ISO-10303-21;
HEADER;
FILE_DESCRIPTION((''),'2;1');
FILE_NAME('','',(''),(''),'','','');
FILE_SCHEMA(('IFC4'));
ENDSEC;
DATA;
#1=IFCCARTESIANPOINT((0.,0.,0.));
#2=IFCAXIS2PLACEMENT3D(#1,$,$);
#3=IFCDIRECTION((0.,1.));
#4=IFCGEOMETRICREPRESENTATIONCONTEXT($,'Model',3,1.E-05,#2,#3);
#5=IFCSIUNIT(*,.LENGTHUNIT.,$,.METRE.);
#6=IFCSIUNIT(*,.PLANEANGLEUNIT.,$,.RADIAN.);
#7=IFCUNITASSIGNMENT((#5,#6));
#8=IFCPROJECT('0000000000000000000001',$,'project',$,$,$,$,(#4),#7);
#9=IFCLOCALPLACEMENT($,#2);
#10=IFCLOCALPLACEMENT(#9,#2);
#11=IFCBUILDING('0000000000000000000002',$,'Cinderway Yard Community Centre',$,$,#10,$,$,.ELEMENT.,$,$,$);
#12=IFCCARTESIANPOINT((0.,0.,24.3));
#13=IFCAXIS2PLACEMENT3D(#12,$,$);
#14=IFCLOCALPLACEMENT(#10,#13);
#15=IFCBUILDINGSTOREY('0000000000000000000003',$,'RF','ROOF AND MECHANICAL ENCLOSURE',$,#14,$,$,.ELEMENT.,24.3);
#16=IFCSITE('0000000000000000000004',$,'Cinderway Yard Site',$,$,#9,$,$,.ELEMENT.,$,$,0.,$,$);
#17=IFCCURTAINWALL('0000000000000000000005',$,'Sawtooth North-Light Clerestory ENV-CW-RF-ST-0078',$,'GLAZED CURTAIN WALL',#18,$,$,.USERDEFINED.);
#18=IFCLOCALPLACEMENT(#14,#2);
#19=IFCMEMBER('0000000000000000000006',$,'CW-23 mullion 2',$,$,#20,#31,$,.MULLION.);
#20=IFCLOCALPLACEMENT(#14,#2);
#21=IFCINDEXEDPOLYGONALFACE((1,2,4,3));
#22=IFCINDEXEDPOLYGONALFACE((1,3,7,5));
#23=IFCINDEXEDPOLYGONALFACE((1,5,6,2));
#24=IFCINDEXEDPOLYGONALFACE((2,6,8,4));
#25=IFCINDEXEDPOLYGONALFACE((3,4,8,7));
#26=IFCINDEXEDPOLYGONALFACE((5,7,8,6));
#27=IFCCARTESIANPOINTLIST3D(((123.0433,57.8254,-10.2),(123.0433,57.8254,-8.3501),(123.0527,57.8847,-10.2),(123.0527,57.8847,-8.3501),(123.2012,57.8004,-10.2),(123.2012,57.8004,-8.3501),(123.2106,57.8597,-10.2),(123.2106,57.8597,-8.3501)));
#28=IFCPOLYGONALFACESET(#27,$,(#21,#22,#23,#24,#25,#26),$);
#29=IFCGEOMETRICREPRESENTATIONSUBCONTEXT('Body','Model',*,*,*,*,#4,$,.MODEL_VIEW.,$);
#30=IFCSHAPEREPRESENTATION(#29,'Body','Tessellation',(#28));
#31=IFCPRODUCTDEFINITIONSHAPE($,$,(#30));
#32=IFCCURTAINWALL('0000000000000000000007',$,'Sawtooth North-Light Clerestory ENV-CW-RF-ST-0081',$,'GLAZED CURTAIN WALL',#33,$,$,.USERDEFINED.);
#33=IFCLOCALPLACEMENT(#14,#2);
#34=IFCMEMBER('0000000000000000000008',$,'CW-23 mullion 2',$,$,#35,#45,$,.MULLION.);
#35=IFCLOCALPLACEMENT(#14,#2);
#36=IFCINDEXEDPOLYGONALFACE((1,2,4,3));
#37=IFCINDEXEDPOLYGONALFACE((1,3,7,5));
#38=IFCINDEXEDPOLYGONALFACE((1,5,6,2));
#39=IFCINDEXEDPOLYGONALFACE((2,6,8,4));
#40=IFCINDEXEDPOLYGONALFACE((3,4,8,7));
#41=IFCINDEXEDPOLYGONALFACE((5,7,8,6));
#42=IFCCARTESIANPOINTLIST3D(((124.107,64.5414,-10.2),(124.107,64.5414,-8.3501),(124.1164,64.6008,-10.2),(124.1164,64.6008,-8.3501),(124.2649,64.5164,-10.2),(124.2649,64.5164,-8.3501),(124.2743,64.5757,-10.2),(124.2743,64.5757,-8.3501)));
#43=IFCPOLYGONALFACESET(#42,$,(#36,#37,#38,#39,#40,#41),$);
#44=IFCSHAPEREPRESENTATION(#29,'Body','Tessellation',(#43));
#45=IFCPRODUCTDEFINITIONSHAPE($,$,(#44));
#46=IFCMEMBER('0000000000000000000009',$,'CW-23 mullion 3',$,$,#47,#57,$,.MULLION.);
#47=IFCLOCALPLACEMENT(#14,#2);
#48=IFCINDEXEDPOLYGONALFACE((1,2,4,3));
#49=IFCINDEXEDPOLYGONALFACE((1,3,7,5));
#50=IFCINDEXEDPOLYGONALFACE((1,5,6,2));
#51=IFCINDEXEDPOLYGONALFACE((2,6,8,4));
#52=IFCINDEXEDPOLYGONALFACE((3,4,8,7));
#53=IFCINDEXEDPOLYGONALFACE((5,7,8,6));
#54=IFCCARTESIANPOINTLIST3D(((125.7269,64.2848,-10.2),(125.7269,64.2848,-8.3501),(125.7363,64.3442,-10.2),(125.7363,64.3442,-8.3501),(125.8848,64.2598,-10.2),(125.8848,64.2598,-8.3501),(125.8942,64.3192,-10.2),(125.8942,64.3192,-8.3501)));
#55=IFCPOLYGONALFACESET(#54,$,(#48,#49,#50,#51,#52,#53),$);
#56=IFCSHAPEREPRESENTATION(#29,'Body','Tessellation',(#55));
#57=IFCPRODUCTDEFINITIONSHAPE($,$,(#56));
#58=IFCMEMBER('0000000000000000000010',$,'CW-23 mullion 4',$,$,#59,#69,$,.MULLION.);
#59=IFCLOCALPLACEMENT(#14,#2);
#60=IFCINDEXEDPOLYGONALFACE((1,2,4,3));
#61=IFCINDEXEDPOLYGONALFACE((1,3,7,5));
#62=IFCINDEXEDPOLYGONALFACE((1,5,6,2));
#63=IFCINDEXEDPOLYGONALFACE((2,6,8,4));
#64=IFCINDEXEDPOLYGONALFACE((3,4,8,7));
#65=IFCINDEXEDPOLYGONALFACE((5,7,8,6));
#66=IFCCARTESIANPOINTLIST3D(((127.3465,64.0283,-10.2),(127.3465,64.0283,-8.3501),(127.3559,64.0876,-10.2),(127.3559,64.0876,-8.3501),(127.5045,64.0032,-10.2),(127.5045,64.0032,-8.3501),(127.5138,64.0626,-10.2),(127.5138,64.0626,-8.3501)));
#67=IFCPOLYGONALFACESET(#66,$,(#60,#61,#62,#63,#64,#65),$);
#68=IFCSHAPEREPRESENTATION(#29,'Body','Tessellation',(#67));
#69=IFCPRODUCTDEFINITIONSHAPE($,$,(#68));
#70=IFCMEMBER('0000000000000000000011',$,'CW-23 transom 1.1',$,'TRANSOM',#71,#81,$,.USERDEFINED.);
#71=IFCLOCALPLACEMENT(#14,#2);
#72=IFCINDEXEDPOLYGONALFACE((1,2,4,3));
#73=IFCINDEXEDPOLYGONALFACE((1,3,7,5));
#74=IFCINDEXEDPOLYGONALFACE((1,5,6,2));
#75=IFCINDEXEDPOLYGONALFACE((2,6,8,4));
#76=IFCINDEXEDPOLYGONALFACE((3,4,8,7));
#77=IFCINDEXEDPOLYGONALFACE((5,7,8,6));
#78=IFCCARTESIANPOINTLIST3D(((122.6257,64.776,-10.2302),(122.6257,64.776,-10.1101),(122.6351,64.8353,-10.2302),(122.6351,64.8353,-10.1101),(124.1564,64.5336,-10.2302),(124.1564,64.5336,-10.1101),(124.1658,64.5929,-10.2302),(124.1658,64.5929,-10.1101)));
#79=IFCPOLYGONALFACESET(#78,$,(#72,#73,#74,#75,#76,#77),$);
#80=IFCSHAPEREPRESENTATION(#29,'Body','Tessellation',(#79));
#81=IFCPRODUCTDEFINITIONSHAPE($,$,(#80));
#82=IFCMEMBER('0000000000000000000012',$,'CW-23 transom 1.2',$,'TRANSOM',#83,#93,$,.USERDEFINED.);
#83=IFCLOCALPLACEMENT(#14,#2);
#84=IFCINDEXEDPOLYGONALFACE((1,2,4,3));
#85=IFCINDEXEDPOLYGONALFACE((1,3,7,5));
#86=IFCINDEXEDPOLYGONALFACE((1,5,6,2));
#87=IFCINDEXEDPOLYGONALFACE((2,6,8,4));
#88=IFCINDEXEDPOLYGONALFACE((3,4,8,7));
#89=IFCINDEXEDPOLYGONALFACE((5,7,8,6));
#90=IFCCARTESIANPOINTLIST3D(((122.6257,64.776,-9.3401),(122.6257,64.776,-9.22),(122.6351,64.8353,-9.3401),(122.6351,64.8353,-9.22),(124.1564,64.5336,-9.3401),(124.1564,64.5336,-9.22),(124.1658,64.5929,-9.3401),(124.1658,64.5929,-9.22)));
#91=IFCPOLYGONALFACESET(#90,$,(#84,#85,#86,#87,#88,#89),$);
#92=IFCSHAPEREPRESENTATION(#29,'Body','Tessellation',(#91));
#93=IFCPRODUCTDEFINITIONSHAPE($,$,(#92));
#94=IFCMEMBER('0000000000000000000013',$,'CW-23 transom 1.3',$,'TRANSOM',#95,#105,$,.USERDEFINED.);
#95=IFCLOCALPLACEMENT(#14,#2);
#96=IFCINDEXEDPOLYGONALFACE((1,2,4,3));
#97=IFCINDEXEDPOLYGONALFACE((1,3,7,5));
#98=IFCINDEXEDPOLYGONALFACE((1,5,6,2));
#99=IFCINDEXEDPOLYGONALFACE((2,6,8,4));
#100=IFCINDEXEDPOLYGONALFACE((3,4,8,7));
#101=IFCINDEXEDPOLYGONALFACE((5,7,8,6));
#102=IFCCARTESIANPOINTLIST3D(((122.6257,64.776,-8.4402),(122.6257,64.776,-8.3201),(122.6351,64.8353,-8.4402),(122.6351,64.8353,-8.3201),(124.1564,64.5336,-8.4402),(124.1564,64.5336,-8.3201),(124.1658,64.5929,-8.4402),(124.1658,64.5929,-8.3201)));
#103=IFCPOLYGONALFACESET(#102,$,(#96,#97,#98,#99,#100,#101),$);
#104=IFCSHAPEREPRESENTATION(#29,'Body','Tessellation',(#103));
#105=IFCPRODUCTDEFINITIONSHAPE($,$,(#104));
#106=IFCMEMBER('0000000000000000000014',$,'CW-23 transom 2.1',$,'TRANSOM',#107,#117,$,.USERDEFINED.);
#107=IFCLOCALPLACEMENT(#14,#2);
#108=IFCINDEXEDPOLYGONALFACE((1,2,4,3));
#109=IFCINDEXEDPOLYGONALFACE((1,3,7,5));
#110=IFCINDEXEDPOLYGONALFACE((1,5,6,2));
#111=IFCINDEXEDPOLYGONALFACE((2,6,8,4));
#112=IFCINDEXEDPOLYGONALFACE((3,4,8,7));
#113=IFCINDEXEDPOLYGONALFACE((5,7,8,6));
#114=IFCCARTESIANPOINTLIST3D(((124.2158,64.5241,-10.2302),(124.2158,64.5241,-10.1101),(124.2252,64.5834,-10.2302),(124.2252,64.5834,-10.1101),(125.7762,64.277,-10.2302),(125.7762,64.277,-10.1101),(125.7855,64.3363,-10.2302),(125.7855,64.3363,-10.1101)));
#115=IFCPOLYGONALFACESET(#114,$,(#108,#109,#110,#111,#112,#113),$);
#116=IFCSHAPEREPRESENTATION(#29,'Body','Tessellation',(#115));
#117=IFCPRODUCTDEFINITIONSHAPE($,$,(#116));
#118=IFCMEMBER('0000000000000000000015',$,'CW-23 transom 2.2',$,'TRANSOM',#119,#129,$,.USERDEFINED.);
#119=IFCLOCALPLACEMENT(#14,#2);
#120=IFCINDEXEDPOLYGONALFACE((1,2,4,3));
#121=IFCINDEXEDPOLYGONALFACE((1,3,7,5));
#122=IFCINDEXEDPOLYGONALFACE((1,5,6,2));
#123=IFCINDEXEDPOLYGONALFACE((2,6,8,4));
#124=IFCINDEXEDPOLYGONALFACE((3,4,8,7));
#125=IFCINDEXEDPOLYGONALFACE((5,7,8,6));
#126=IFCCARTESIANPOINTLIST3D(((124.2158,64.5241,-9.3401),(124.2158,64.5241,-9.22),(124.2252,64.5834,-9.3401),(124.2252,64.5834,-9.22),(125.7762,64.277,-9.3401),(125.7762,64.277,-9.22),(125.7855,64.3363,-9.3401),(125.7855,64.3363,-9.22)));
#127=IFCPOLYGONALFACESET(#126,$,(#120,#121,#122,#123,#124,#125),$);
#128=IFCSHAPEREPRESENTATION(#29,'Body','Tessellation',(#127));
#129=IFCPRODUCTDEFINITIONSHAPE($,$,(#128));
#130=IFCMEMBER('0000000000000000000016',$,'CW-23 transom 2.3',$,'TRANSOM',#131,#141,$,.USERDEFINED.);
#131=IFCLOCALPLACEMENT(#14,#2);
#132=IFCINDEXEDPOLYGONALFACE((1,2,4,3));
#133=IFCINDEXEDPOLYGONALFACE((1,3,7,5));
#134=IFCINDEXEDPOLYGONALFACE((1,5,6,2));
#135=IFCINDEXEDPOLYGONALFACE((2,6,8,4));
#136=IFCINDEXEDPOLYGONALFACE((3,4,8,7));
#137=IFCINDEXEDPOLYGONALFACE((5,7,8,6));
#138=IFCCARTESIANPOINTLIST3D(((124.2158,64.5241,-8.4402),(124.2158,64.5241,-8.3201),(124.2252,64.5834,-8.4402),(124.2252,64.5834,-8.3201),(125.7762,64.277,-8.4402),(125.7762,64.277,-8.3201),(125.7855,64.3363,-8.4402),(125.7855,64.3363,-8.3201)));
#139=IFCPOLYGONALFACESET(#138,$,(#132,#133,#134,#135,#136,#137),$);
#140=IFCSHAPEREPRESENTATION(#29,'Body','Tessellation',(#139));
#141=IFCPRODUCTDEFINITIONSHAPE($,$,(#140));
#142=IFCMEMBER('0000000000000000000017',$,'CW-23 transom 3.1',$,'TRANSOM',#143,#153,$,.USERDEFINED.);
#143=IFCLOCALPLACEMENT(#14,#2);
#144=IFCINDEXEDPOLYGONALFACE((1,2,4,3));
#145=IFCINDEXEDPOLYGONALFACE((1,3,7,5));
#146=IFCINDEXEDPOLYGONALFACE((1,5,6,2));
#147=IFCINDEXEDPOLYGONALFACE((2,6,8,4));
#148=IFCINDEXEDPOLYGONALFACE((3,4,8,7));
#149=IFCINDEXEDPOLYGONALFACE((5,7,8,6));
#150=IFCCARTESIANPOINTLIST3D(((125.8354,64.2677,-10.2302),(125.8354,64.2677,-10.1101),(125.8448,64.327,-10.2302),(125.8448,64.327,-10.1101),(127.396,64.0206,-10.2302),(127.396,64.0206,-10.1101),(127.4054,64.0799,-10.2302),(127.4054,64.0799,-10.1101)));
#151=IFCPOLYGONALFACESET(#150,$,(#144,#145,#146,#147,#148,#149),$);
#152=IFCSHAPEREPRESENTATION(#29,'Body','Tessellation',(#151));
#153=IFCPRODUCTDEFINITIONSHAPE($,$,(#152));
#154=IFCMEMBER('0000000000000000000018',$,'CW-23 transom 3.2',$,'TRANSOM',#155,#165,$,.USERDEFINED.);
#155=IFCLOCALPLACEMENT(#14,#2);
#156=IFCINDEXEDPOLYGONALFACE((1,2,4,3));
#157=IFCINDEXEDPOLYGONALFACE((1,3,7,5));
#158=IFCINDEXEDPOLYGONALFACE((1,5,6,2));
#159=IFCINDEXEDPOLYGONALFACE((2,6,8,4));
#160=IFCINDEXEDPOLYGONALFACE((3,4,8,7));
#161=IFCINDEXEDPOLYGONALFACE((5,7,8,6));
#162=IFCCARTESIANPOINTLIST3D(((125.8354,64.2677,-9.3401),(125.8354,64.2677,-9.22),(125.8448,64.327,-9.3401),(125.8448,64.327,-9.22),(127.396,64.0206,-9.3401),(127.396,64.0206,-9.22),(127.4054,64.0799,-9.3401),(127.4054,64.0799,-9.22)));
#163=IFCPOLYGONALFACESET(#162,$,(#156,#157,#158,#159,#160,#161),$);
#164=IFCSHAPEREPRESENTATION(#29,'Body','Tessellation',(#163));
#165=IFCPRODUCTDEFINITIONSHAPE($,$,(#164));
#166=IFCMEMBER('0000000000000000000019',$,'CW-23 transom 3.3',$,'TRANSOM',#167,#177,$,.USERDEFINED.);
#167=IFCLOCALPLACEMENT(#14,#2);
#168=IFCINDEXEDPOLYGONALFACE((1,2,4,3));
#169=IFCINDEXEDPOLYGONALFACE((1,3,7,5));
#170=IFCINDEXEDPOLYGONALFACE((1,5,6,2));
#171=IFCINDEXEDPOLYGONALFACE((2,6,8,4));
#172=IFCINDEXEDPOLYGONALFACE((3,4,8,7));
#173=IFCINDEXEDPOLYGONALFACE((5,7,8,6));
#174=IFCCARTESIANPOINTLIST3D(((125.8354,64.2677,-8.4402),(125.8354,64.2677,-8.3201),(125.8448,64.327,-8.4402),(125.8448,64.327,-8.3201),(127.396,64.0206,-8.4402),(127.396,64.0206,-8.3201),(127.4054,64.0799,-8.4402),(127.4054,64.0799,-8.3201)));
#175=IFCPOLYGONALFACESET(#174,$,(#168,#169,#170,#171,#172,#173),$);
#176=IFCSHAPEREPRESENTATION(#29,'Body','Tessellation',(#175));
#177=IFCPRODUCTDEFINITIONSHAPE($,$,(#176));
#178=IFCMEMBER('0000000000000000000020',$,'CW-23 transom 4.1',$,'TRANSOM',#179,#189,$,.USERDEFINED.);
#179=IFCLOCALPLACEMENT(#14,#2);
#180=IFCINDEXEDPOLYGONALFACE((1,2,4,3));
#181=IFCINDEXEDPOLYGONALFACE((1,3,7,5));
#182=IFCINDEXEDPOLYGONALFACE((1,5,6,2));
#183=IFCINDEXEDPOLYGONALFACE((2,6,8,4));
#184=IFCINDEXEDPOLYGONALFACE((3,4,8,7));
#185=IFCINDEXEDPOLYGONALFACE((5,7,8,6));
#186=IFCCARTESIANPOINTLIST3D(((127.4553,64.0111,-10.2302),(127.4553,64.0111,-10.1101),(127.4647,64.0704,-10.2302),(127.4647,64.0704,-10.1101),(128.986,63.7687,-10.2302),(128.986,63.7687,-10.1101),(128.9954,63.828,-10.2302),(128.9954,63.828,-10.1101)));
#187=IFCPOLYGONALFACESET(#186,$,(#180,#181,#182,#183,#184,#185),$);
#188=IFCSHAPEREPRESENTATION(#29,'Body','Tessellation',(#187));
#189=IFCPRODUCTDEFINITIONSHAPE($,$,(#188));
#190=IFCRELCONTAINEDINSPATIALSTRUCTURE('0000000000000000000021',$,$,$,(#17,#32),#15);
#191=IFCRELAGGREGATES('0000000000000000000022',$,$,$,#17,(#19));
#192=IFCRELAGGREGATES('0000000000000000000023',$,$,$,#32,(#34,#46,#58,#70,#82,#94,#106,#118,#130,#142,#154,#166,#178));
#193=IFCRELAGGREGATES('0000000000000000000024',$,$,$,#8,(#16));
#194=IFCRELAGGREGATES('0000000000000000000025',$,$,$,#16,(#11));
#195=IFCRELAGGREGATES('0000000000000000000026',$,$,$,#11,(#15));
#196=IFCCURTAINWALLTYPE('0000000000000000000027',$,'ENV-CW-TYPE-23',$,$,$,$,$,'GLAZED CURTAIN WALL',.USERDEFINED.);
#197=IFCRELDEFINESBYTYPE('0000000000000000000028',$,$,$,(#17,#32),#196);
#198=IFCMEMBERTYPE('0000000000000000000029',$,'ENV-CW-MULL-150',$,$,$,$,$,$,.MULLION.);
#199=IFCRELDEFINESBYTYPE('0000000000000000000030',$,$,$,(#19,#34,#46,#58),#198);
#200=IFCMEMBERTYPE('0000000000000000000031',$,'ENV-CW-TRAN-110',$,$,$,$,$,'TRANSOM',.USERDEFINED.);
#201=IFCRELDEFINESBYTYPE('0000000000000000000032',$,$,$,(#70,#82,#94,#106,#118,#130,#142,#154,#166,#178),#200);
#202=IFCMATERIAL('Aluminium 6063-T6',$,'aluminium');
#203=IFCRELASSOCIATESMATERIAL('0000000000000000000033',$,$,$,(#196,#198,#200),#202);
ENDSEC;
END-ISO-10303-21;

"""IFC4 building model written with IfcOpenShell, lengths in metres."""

from ifc_helpers import new_model, si_unit, direction, frame, origin, origin_2d, place, context, subcontext, project, spatial, rectangle, extrude, material, material_profile, profile_set, type_object, element, aggregate, save


model = new_model("IFC4")

# Units and contexts
model_context = context("Model", 3, precision=1e-05, world=origin(), true_north=direction((0.0, 1.0)))
body_context = subcontext(model_context, "Body", "Model", "MODEL_VIEW")
ifc_project = project(units=[si_unit("LENGTHUNIT", "METRE"), si_unit("PLANEANGLEUNIT", "RADIAN")], contexts=[model_context])

# Site, building, storey
site_placement = place(None, origin())
site = spatial("IfcSite", under=ifc_project, at=site_placement, Name="Cinderway Yard Site", CompositionType="ELEMENT", RefElevation=0.0)
building_placement = place(site_placement, origin())
building = spatial("IfcBuilding", under=site, at=building_placement, Name="Cinderway Yard Community Centre", CompositionType="ELEMENT")
storey_placement = place(building_placement, frame((0.0, 0.0, 24.3)))
storey = spatial("IfcBuildingStorey", under=building, at=storey_placement, Name="RF", Description="ROOF AND MECHANICAL ENCLOSURE", CompositionType="ELEMENT", Elevation=24.3)

# Curtain wall, member
ifc_material_1 = material(Name="Aluminium 6063-T6", Category="aluminium")
curtain_wall_type = type_object("IfcCurtainWallType", Name="ENV-CW-TYPE-23", ElementType="GLAZED CURTAIN WALL", PredefinedType="USERDEFINED", material=ifc_material_1)
curtain_wall_1_placement = place(storey_placement, origin())
curtain_wall_1 = element("IfcCurtainWall", 1, at=curtain_wall_1_placement, inside=storey, type_object=curtain_wall_type, Name="Sawtooth North-Light Clerestory ENV-CW-RF-ST-0078", ObjectType="GLAZED CURTAIN WALL", PredefinedType="USERDEFINED")
ifc_material_profile_1 = material_profile(ifc_material_1, rectangle(XDim=0.0601, YDim=0.1599, at=origin_2d()), Name="Aluminium 6063-T6")
ifc_profile_set_1 = profile_set([ifc_material_profile_1], Name="Aluminium 6063-T6")
member_type_1 = type_object("IfcMemberType", Name="ENV-CW-MULL-150", PredefinedType="MULLION", material=ifc_profile_set_1)
member_1_placement = place(storey_placement, frame((123.127, 57.8425, -10.2), z_axis=(0.0, 0.0, 1.0), x_axis=(0.156385, 0.987696, 0.0)))
member_1 = element("IfcMember", 2, at=member_1_placement, type_object=member_type_1, Name="CW-23 mullion 2", PredefinedType="MULLION", context=body_context, shape_type="SweptSolid", body=[
    extrude(rectangle(XDim=0.0601, YDim=0.1599, at=origin_2d()), origin(), (0.0, 0.0, 1.0), 1.8499),
])
aggregate(curtain_wall_1, [member_1])

# Curtain wall, members
curtain_wall_2_placement = place(storey_placement, origin())
curtain_wall_2 = element("IfcCurtainWall", 3, at=curtain_wall_2_placement, inside=storey, type_object=curtain_wall_type, Name="Sawtooth North-Light Clerestory ENV-CW-RF-ST-0081", ObjectType="GLAZED CURTAIN WALL", PredefinedType="USERDEFINED")
member_2_placement = place(storey_placement, frame((124.1907, 64.5586, -10.2), z_axis=(0.0, 0.0, 1.0), x_axis=(0.156409, 0.987692, 0.0)))
member_2 = element("IfcMember", 4, at=member_2_placement, type_object=member_type_1, Name="CW-23 mullion 2", PredefinedType="MULLION", context=body_context, shape_type="SweptSolid", body=[
    extrude(rectangle(XDim=0.0601, YDim=0.1599, at=origin_2d()), origin(), (0.0, 0.0, 1.0), 1.8499),
])
member_3_placement = place(storey_placement, frame((125.8105, 64.302, -10.2), z_axis=(0.0, 0.0, 1.0), x_axis=(0.156409, 0.987692, 0.0)))
member_3 = element("IfcMember", 5, at=member_3_placement, type_object=member_type_1, Name="CW-23 mullion 3", PredefinedType="MULLION", context=body_context, shape_type="SweptSolid", body=[
    extrude(rectangle(XDim=0.0601, YDim=0.1599, at=origin_2d()), origin(), (0.0, 0.0, 1.0), 1.8499),
])
member_4_placement = place(storey_placement, frame((127.4302, 64.0454, -10.2), z_axis=(0.0, 0.0, 1.0), x_axis=(0.156409, 0.987692, 0.0)))
member_4 = element("IfcMember", 6, at=member_4_placement, type_object=member_type_1, Name="CW-23 mullion 4", PredefinedType="MULLION", context=body_context, shape_type="SweptSolid", body=[
    extrude(rectangle(XDim=0.0601, YDim=0.1599, at=origin_2d()), origin(), (0.0, 0.0, 1.0), 1.8499),
])
ifc_material_profile_2 = material_profile(ifc_material_1, rectangle(XDim=0.0601, YDim=0.1201, at=origin_2d()), Name="Aluminium 6063-T6")
ifc_profile_set_2 = profile_set([ifc_material_profile_2], Name="Aluminium 6063-T6")
member_type_2 = type_object("IfcMemberType", Name="ENV-CW-TRAN-110", ElementType="TRANSOM", PredefinedType="USERDEFINED", material=ifc_profile_set_2)
member_5_placement = place(storey_placement, frame((122.6304, 64.8057, -10.1702), z_axis=(0.98769, -0.156424, 0.0), x_axis=(0.156424, 0.98769, 0.0)))
member_5 = element("IfcMember", 7, at=member_5_placement, type_object=member_type_2, Name="CW-23 transom 1.1", ObjectType="TRANSOM", PredefinedType="USERDEFINED", context=body_context, shape_type="SweptSolid", body=[
    extrude(rectangle(XDim=0.0601, YDim=0.1201, at=origin_2d()), origin(), (0.0, 0.0, 1.0), 1.5498),
])
member_6_placement = place(storey_placement, frame((122.6304, 64.8057, -9.28), z_axis=(0.98769, -0.156424, 0.0), x_axis=(0.156424, 0.98769, 0.0)))
member_6 = element("IfcMember", 8, at=member_6_placement, type_object=member_type_2, Name="CW-23 transom 1.2", ObjectType="TRANSOM", PredefinedType="USERDEFINED", context=body_context, shape_type="SweptSolid", body=[
    extrude(rectangle(XDim=0.0601, YDim=0.1201, at=origin_2d()), origin(), (0.0, 0.0, 1.0), 1.5498),
])
member_7_placement = place(storey_placement, frame((122.6304, 64.8057, -8.3801), z_axis=(0.98769, -0.156424, 0.0), x_axis=(0.156424, 0.98769, 0.0)))
member_7 = element("IfcMember", 9, at=member_7_placement, type_object=member_type_2, Name="CW-23 transom 1.3", ObjectType="TRANSOM", PredefinedType="USERDEFINED", context=body_context, shape_type="SweptSolid", body=[
    extrude(rectangle(XDim=0.0601, YDim=0.1201, at=origin_2d()), origin(), (0.0, 0.0, 1.0), 1.5498),
])
member_8_placement = place(storey_placement, frame((124.2205, 64.5537, -10.1702), z_axis=(0.987694, -0.156399, 0.0), x_axis=(0.156399, 0.987694, 0.0)))
member_8 = element("IfcMember", 10, at=member_8_placement, type_object=member_type_2, Name="CW-23 transom 2.1", ObjectType="TRANSOM", PredefinedType="USERDEFINED", context=body_context, shape_type="SweptSolid", body=[
    extrude(rectangle(XDim=0.0601, YDim=0.1201, at=origin_2d()), origin(), (0.0, 0.0, 1.0), 1.5798),
])
member_9_placement = place(storey_placement, frame((124.2205, 64.5537, -9.28), z_axis=(0.987694, -0.156399, 0.0), x_axis=(0.156399, 0.987694, 0.0)))
member_9 = element("IfcMember", 11, at=member_9_placement, type_object=member_type_2, Name="CW-23 transom 2.2", ObjectType="TRANSOM", PredefinedType="USERDEFINED", context=body_context, shape_type="SweptSolid", body=[
    extrude(rectangle(XDim=0.0601, YDim=0.1201, at=origin_2d()), origin(), (0.0, 0.0, 1.0), 1.5798),
])
member_10_placement = place(storey_placement, frame((124.2205, 64.5537, -8.3801), z_axis=(0.987694, -0.156399, 0.0), x_axis=(0.156399, 0.987694, 0.0)))
member_10 = element("IfcMember", 12, at=member_10_placement, type_object=member_type_2, Name="CW-23 transom 2.3", ObjectType="TRANSOM", PredefinedType="USERDEFINED", context=body_context, shape_type="SweptSolid", body=[
    extrude(rectangle(XDim=0.0601, YDim=0.1201, at=origin_2d()), origin(), (0.0, 0.0, 1.0), 1.5798),
])
member_11_placement = place(storey_placement, frame((125.8401, 64.2974, -10.1702), z_axis=(0.987698, -0.156375, 0.0), x_axis=(0.156375, 0.987698, 0.0)))
member_11 = element("IfcMember", 13, at=member_11_placement, type_object=member_type_2, Name="CW-23 transom 3.1", ObjectType="TRANSOM", PredefinedType="USERDEFINED", context=body_context, shape_type="SweptSolid", body=[
    extrude(rectangle(XDim=0.0601, YDim=0.1201, at=origin_2d()), origin(), (0.0, 0.0, 1.0), 1.5801),
])
member_12_placement = place(storey_placement, frame((125.8401, 64.2974, -9.28), z_axis=(0.987698, -0.156375, 0.0), x_axis=(0.156375, 0.987698, 0.0)))
member_12 = element("IfcMember", 14, at=member_12_placement, type_object=member_type_2, Name="CW-23 transom 3.2", ObjectType="TRANSOM", PredefinedType="USERDEFINED", context=body_context, shape_type="SweptSolid", body=[
    extrude(rectangle(XDim=0.0601, YDim=0.1201, at=origin_2d()), origin(), (0.0, 0.0, 1.0), 1.5801),
])
member_13_placement = place(storey_placement, frame((125.8401, 64.2974, -8.3801), z_axis=(0.987698, -0.156375, 0.0), x_axis=(0.156375, 0.987698, 0.0)))
member_13 = element("IfcMember", 15, at=member_13_placement, type_object=member_type_2, Name="CW-23 transom 3.3", ObjectType="TRANSOM", PredefinedType="USERDEFINED", context=body_context, shape_type="SweptSolid", body=[
    extrude(rectangle(XDim=0.0601, YDim=0.1201, at=origin_2d()), origin(), (0.0, 0.0, 1.0), 1.5801),
])
member_14_placement = place(storey_placement, frame((127.46, 64.0408, -10.1702), z_axis=(0.98769, -0.156424, 0.0), x_axis=(0.156424, 0.98769, 0.0)))
member_14 = element("IfcMember", 16, at=member_14_placement, type_object=member_type_2, Name="CW-23 transom 4.1", ObjectType="TRANSOM", PredefinedType="USERDEFINED", context=body_context, shape_type="SweptSolid", body=[
    extrude(rectangle(XDim=0.0601, YDim=0.1201, at=origin_2d()), origin(), (0.0, 0.0, 1.0), 1.5498),
])

aggregate(curtain_wall_2, [member_2, member_3, member_4, member_5, member_6, member_7, member_8, member_9, member_10, member_11, member_12, member_13, member_14])

save(model, "model.ifc")
